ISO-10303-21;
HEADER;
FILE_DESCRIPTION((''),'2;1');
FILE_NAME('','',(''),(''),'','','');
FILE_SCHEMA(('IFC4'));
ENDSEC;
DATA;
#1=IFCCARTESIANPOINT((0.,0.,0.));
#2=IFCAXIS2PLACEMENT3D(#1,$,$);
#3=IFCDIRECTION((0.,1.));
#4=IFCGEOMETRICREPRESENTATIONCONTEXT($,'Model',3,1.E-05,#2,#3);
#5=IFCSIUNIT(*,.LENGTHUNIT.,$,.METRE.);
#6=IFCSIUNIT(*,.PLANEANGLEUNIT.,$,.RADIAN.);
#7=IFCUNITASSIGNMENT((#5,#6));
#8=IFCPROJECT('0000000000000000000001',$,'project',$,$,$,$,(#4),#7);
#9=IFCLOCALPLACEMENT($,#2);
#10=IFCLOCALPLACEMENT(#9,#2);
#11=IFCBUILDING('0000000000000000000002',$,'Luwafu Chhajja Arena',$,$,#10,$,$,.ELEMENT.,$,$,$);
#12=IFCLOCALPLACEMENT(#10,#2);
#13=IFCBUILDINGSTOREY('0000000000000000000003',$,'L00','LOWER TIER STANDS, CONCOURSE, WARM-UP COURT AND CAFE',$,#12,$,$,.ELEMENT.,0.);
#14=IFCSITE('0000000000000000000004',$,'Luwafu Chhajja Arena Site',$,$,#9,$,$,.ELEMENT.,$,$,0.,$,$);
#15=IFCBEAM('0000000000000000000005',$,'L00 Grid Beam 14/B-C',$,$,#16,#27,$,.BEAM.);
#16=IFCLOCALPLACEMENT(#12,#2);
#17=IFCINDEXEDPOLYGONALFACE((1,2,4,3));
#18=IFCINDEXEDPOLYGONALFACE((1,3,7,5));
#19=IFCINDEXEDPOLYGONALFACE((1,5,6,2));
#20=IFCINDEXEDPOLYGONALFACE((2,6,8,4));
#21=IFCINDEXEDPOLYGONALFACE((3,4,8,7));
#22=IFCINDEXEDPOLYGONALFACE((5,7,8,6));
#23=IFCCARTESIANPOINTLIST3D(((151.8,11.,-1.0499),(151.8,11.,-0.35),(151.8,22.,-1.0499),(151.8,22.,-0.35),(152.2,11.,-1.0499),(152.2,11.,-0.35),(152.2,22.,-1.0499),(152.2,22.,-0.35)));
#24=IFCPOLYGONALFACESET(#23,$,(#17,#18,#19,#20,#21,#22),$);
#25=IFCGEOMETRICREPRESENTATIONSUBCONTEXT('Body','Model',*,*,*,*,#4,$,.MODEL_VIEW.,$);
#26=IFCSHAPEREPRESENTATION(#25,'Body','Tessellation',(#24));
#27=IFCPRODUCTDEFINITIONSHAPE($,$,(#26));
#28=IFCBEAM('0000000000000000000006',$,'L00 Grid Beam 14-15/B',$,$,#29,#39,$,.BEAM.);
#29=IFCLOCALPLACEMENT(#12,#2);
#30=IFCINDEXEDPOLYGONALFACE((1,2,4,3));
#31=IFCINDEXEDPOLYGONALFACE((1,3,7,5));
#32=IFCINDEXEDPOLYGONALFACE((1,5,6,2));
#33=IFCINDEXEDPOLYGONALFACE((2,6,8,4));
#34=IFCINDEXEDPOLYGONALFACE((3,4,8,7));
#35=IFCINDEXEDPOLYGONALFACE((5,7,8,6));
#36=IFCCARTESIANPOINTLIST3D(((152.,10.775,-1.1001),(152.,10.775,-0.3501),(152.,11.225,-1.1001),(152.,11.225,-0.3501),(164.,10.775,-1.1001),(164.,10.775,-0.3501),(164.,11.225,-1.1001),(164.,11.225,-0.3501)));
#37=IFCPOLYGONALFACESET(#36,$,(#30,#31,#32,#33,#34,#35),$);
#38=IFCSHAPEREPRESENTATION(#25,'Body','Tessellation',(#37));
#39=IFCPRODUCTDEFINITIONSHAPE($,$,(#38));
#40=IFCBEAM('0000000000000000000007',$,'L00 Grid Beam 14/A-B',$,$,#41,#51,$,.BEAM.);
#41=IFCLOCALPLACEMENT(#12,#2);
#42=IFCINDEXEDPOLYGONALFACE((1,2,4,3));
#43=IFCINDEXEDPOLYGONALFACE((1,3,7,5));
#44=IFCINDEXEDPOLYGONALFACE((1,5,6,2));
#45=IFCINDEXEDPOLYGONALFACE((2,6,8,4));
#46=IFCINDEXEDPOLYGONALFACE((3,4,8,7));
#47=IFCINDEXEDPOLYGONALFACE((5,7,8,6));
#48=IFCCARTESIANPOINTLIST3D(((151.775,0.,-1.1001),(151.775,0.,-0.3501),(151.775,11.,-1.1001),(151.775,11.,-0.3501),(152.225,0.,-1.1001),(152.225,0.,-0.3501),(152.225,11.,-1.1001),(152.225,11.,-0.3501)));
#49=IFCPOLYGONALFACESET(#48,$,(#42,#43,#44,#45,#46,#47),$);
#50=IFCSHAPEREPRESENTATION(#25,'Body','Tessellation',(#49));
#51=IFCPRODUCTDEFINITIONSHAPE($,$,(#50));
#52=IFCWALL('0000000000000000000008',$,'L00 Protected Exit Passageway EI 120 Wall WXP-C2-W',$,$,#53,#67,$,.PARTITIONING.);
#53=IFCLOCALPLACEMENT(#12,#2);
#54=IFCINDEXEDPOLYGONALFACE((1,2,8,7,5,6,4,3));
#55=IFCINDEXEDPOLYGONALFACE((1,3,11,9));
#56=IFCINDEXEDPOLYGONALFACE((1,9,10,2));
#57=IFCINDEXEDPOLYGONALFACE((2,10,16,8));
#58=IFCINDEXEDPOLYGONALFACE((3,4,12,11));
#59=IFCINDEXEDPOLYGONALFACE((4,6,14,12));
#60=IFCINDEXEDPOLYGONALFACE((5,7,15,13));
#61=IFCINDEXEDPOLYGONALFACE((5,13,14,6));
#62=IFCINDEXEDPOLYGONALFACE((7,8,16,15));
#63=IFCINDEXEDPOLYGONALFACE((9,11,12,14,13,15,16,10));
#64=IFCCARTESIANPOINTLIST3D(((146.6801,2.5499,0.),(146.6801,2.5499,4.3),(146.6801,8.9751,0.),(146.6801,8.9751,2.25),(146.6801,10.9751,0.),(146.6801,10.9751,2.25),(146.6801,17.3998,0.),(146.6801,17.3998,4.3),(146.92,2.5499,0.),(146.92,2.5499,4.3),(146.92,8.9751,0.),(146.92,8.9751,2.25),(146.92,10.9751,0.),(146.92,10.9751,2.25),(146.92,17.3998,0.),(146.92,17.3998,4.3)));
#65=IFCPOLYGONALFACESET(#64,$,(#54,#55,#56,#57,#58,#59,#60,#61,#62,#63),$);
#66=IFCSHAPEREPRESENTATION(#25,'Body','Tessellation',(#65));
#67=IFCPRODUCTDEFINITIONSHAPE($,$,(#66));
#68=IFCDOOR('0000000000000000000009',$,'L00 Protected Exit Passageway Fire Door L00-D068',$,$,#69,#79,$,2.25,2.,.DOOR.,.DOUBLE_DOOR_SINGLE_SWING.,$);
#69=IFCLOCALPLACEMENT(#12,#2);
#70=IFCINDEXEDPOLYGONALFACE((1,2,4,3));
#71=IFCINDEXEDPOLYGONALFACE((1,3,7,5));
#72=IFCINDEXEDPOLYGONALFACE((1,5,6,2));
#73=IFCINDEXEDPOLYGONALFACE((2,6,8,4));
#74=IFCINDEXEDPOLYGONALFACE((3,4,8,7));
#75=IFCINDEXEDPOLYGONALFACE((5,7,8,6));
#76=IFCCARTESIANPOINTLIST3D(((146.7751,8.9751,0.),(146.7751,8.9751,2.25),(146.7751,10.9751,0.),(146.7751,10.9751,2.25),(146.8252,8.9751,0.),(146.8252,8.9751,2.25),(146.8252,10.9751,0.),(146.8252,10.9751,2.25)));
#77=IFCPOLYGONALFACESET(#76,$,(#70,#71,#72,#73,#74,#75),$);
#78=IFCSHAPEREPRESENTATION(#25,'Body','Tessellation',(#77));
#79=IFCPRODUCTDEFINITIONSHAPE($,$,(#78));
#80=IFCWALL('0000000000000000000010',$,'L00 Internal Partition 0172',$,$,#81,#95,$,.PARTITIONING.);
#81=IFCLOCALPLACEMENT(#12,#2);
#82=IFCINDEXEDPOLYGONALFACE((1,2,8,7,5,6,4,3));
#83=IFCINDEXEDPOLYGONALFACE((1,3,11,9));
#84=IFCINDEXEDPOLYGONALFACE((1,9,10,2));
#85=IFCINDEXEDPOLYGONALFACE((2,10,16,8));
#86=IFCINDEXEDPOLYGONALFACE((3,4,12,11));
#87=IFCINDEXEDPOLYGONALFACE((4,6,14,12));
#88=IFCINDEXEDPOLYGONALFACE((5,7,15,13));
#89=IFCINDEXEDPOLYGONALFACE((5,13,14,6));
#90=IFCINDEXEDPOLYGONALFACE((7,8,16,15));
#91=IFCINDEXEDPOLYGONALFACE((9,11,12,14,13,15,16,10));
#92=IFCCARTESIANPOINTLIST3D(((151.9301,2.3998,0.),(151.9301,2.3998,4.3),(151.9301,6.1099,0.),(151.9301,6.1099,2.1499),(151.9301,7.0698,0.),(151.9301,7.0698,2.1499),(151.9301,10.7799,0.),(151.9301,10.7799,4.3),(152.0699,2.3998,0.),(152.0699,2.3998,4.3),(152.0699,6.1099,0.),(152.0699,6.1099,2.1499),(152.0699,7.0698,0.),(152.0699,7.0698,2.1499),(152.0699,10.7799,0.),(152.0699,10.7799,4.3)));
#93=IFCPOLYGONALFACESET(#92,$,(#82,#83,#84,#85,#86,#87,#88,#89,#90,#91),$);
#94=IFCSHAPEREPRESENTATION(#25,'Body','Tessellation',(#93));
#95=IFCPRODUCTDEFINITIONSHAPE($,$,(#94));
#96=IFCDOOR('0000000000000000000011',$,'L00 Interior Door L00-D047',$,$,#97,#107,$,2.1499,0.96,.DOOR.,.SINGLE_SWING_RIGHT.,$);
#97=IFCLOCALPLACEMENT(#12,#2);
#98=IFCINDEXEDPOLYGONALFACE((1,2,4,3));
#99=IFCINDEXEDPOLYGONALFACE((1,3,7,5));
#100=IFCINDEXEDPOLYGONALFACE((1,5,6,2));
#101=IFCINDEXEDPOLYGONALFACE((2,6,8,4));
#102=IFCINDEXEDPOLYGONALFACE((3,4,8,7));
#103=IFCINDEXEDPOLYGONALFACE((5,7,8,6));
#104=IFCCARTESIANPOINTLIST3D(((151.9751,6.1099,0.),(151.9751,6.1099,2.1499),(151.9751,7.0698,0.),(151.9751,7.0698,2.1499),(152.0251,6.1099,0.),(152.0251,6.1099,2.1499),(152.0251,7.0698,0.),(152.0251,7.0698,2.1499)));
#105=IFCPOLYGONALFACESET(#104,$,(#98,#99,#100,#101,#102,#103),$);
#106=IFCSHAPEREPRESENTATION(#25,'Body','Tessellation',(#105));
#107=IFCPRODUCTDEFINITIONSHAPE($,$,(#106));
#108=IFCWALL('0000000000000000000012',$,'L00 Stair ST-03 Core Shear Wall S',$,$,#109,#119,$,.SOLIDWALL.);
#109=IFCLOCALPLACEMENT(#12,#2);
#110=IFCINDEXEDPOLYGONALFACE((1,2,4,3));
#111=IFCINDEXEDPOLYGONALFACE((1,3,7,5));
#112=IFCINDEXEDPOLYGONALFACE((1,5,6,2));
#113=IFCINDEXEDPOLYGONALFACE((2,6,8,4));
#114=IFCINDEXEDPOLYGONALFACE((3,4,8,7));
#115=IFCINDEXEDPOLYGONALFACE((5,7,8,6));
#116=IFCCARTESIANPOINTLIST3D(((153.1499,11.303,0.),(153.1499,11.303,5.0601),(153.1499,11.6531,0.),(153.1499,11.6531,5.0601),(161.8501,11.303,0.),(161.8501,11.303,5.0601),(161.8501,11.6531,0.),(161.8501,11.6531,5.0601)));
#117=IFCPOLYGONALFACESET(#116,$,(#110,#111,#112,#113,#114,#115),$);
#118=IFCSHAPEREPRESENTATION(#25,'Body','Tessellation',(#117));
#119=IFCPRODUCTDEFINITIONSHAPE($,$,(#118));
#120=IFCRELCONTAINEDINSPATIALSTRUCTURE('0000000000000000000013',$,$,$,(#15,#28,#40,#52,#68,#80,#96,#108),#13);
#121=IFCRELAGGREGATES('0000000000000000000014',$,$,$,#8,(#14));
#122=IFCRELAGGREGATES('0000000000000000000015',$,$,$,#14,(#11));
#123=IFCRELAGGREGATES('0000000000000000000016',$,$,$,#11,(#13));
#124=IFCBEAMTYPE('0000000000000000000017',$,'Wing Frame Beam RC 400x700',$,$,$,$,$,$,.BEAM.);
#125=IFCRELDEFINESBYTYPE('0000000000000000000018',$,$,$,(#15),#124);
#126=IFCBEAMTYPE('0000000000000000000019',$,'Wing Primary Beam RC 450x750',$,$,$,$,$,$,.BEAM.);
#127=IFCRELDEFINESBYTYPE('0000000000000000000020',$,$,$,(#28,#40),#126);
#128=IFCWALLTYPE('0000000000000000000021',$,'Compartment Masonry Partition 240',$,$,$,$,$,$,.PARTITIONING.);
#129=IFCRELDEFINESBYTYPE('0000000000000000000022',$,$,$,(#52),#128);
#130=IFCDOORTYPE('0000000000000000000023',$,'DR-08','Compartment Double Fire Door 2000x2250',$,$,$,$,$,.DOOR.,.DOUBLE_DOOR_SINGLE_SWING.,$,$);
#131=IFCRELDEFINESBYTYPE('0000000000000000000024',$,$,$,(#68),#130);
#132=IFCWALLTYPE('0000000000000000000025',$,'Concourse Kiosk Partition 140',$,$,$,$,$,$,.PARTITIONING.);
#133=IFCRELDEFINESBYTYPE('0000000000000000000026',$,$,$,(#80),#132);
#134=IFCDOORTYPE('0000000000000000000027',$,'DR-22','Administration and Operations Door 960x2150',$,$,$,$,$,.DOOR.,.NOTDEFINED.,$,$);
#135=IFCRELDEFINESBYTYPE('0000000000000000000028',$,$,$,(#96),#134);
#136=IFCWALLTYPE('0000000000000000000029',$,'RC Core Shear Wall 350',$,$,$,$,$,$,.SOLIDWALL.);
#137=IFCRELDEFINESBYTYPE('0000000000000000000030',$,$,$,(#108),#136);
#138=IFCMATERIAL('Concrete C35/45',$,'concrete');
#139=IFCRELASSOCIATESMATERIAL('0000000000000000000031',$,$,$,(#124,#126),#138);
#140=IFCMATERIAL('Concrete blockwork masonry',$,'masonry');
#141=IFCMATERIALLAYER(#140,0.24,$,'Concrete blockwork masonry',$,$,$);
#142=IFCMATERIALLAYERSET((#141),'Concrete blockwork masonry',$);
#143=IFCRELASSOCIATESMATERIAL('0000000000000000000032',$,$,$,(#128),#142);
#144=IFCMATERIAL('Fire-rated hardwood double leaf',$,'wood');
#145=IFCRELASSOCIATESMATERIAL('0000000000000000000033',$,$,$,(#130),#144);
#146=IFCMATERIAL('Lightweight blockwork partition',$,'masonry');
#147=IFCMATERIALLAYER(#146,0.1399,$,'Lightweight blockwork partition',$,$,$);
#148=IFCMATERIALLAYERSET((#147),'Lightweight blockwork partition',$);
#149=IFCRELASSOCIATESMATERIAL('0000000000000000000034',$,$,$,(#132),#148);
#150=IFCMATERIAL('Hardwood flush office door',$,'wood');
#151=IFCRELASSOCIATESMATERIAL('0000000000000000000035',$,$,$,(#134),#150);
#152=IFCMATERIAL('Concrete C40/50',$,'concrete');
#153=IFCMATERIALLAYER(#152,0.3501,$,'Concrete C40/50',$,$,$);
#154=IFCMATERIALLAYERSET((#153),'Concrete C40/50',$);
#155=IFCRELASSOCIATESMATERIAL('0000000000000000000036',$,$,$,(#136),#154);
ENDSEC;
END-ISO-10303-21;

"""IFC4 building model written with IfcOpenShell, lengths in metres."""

from ifc_helpers import new_model, si_unit, direction, frame, frame_2d, origin, origin_2d, place, context, subcontext, project, spatial, rectangle, extrude, material, layer, layer_set, material_profile, profile_set, type_object, element, fill, save


model = new_model("IFC4")

# Units and contexts
model_context = context("Model", 3, precision=1e-05, world=origin(), true_north=direction((0.0, 1.0)))
body_context = subcontext(model_context, "Body", "Model", "MODEL_VIEW")
ifc_project = project(units=[si_unit("LENGTHUNIT", "METRE"), si_unit("PLANEANGLEUNIT", "RADIAN")], contexts=[model_context])

# Site, building, storey
site_placement = place(None, origin())
site = spatial("IfcSite", under=ifc_project, at=site_placement, Name="Luwafu Chhajja Arena Site", CompositionType="ELEMENT", RefElevation=0.0)
building_placement = place(site_placement, origin())
building = spatial("IfcBuilding", under=site, at=building_placement, Name="Luwafu Chhajja Arena", CompositionType="ELEMENT")
storey_placement = place(building_placement, origin())
storey = spatial("IfcBuildingStorey", under=building, at=storey_placement, Name="L00", Description="LOWER TIER STANDS, CONCOURSE, WARM-UP COURT AND CAFE", CompositionType="ELEMENT", Elevation=0.0)

# Shared definitions
ifc_material_1 = material(Name="Concrete C35/45", Category="concrete")
ifc_material_2 = material(Name="Concrete C40/50", Category="concrete")

# Beams
ifc_material_profile_1 = material_profile(ifc_material_1, rectangle(XDim=0.3999, YDim=0.7, at=origin_2d()), Name="RC 400x700")
ifc_profile_set_1 = profile_set([ifc_material_profile_1], Name="Concrete C35/45")
beam_type_1 = type_object("IfcBeamType", Name="Wing Frame Beam RC 400x700", PredefinedType="BEAM", material=ifc_profile_set_1)
beam_1_placement = place(storey_placement, frame((152.0, 11.0, -0.7), z_axis=(0.0, 1.0, 0.0), x_axis=(-1.0, 0.0, 0.0)))
element("IfcBeam", 1, at=beam_1_placement, inside=storey, type_object=beam_type_1, Name="L00 Grid Beam 14/B-C", PredefinedType="BEAM", context=body_context, shape_type="SweptSolid", body=[
    extrude(rectangle(XDim=0.3999, YDim=0.7, at=origin_2d()), origin(), (0.0, 0.0, 1.0), 11.0),
])
ifc_material_profile_2 = material_profile(ifc_material_1, rectangle(XDim=0.45, YDim=0.75, at=origin_2d()), Name="RC 450x750")
ifc_profile_set_2 = profile_set([ifc_material_profile_2], Name="Concrete C35/45")
beam_type_2 = type_object("IfcBeamType", Name="Wing Primary Beam RC 450x750", PredefinedType="BEAM", material=ifc_profile_set_2)
beam_2_placement = place(storey_placement, frame((152.0, 11.0, -0.7251), z_axis=(1.0, 0.0, 0.0), x_axis=(0.0, 1.0, 0.0)))
element("IfcBeam", 2, at=beam_2_placement, inside=storey, type_object=beam_type_2, Name="L00 Grid Beam 14-15/B", PredefinedType="BEAM", context=body_context, shape_type="SweptSolid", body=[
    extrude(rectangle(XDim=0.45, YDim=0.75, at=origin_2d()), origin(), (0.0, 0.0, 1.0), 12.0),
])
beam_3_placement = place(storey_placement, frame((152.0, 0.0, -0.7251), z_axis=(0.0, 1.0, 0.0), x_axis=(-1.0, 0.0, 0.0)))
element("IfcBeam", 3, at=beam_3_placement, inside=storey, type_object=beam_type_2, Name="L00 Grid Beam 14/A-B", PredefinedType="BEAM", context=body_context, shape_type="SweptSolid", body=[
    extrude(rectangle(XDim=0.45, YDim=0.75, at=origin_2d()), origin(), (0.0, 0.0, 1.0), 11.0),
])

# Walls, openings, doors
ifc_material_3 = material(Name="Concrete blockwork masonry", Category="masonry")
ifc_layer_1 = layer(ifc_material_3, 0.24, Name="Concrete blockwork masonry")
ifc_layer_set_1 = layer_set([ifc_layer_1], Name="Concrete blockwork masonry")
wall_type_1 = type_object("IfcWallType", Name="Compartment Masonry Partition 240", PredefinedType="PARTITIONING", material=ifc_layer_set_1)
wall_1_placement = place(storey_placement, frame((146.8, 2.55, 0.0), z_axis=(0.0, 0.0, 1.0), x_axis=(0.0, 1.0, 0.0)))
wall_1 = element("IfcWall", 4, at=wall_1_placement, inside=storey, type_object=wall_type_1, Name="L00 Protected Exit Passageway EI 120 Wall WXP-C2-W", PredefinedType="PARTITIONING", context=body_context, shape_type="SweptSolid", body=[
    extrude(rectangle(XDim=14.8499, YDim=0.24, at=frame_2d((7.4248, 0.0))), origin(), (0.0, 0.0, 1.0), 4.3),
])
opening_1_placement = place(wall_1_placement, frame((6.425, 0.0, 0.0)))
opening_1 = element("IfcOpeningElement", 5, at=opening_1_placement, cuts=wall_1, PredefinedType="OPENING", context=body_context, shape_type="SweptSolid", body=[
    extrude(rectangle(XDim=2.0, YDim=2.25, at=frame_2d((1.0, 1.125))), frame((0.0, 0.1299, 0.0), z_axis=(0.0, -1.0, 0.0), x_axis=(1.0, 0.0, 0.0)), (0.0, 0.0, 1.0), 0.26),
])
ifc_material_4 = material(Name="Fire-rated hardwood double leaf", Category="wood")
door_type_1 = type_object("IfcDoorType", Name="DR-08", Description="Compartment Double Fire Door 2000x2250", OperationType="DOUBLE_DOOR_SINGLE_SWING", PredefinedType="DOOR", material=ifc_material_4)
door_1_placement = place(opening_1_placement, origin())
door_1 = element("IfcDoor", 6, at=door_1_placement, inside=storey, type_object=door_type_1, Name="L00 Protected Exit Passageway Fire Door L00-D068", OperationType="DOUBLE_DOOR_SINGLE_SWING", OverallHeight=2.25, OverallWidth=2.0, PredefinedType="DOOR", context=body_context, shape_type="SweptSolid", body=[
    extrude(rectangle(XDim=2.0, YDim=2.25, at=frame_2d((1.0, 1.125))), frame((0.0, 0.0249, 0.0), z_axis=(0.0, -1.0, 0.0), x_axis=(1.0, 0.0, 0.0)), (0.0, 0.0, 1.0), 0.05),
])
fill(opening_1, door_1)
ifc_material_5 = material(Name="Lightweight blockwork partition", Category="masonry")
ifc_layer_2 = layer(ifc_material_5, 0.1399, Name="Lightweight blockwork partition")
ifc_layer_set_2 = layer_set([ifc_layer_2], Name="Lightweight blockwork partition")
wall_type_2 = type_object("IfcWallType", Name="Concourse Kiosk Partition 140", PredefinedType="PARTITIONING", material=ifc_layer_set_2)
wall_2_placement = place(storey_placement, frame((152.0, 2.3999, 0.0), z_axis=(0.0, 0.0, 1.0), x_axis=(0.0, 1.0, 0.0)))
wall_2 = element("IfcWall", 7, at=wall_2_placement, inside=storey, type_object=wall_type_2, Name="L00 Internal Partition 0172", PredefinedType="PARTITIONING", context=body_context, shape_type="SweptSolid", body=[
    extrude(rectangle(XDim=8.3801, YDim=0.1399, at=frame_2d((4.1899, 0.0))), origin(), (0.0, 0.0, 1.0), 4.3),
])
opening_2_placement = place(wall_2_placement, frame((3.71, 0.0, 0.0)))
opening_2 = element("IfcOpeningElement", 8, at=opening_2_placement, cuts=wall_2, PredefinedType="OPENING", context=body_context, shape_type="SweptSolid", body=[
    extrude(rectangle(XDim=0.96, YDim=2.1499, at=frame_2d((0.48, 1.075))), frame((0.0, 0.0798, 0.0), z_axis=(0.0, -1.0, 0.0), x_axis=(1.0, 0.0, 0.0)), (0.0, 0.0, 1.0), 0.1599),
])
ifc_material_6 = material(Name="Hardwood flush office door", Category="wood")
door_type_2 = type_object("IfcDoorType", Name="DR-22", Description="Administration and Operations Door 960x2150", OperationType="NOTDEFINED", PredefinedType="DOOR", material=ifc_material_6)
door_2_placement = place(opening_2_placement, origin())
door_2 = element("IfcDoor", 9, at=door_2_placement, inside=storey, type_object=door_type_2, Name="L00 Interior Door L00-D047", OperationType="SINGLE_SWING_RIGHT", OverallHeight=2.1499, OverallWidth=0.96, PredefinedType="DOOR", context=body_context, shape_type="SweptSolid", body=[
    extrude(rectangle(XDim=0.96, YDim=2.1499, at=frame_2d((0.48, 1.075))), frame((0.0, 0.0249, 0.0), z_axis=(0.0, -1.0, 0.0), x_axis=(1.0, 0.0, 0.0)), (0.0, 0.0, 1.0), 0.05),
])
fill(opening_2, door_2)

# Wall
ifc_layer_3 = layer(ifc_material_2, 0.3501, Name="Concrete C40/50")
ifc_layer_set_3 = layer_set([ifc_layer_3], Name="Concrete C40/50")
wall_type_3 = type_object("IfcWallType", Name="RC Core Shear Wall 350", PredefinedType="SOLIDWALL", material=ifc_layer_set_3)
wall_3_placement = place(storey_placement, frame((153.1499, 11.478, 0.0), z_axis=(0.0, 0.0, 1.0), x_axis=(1.0, 0.0, 0.0)))
element("IfcWall", 10, at=wall_3_placement, inside=storey, type_object=wall_type_3, Name="L00 Stair ST-03 Core Shear Wall S", PredefinedType="SOLIDWALL", context=body_context, shape_type="SweptSolid", body=[
    extrude(rectangle(XDim=8.7002, YDim=0.3501, at=frame_2d((4.3501, 0.0))), origin(), (0.0, 0.0, 1.0), 5.0601),
])

save(model, "model.ifc")
